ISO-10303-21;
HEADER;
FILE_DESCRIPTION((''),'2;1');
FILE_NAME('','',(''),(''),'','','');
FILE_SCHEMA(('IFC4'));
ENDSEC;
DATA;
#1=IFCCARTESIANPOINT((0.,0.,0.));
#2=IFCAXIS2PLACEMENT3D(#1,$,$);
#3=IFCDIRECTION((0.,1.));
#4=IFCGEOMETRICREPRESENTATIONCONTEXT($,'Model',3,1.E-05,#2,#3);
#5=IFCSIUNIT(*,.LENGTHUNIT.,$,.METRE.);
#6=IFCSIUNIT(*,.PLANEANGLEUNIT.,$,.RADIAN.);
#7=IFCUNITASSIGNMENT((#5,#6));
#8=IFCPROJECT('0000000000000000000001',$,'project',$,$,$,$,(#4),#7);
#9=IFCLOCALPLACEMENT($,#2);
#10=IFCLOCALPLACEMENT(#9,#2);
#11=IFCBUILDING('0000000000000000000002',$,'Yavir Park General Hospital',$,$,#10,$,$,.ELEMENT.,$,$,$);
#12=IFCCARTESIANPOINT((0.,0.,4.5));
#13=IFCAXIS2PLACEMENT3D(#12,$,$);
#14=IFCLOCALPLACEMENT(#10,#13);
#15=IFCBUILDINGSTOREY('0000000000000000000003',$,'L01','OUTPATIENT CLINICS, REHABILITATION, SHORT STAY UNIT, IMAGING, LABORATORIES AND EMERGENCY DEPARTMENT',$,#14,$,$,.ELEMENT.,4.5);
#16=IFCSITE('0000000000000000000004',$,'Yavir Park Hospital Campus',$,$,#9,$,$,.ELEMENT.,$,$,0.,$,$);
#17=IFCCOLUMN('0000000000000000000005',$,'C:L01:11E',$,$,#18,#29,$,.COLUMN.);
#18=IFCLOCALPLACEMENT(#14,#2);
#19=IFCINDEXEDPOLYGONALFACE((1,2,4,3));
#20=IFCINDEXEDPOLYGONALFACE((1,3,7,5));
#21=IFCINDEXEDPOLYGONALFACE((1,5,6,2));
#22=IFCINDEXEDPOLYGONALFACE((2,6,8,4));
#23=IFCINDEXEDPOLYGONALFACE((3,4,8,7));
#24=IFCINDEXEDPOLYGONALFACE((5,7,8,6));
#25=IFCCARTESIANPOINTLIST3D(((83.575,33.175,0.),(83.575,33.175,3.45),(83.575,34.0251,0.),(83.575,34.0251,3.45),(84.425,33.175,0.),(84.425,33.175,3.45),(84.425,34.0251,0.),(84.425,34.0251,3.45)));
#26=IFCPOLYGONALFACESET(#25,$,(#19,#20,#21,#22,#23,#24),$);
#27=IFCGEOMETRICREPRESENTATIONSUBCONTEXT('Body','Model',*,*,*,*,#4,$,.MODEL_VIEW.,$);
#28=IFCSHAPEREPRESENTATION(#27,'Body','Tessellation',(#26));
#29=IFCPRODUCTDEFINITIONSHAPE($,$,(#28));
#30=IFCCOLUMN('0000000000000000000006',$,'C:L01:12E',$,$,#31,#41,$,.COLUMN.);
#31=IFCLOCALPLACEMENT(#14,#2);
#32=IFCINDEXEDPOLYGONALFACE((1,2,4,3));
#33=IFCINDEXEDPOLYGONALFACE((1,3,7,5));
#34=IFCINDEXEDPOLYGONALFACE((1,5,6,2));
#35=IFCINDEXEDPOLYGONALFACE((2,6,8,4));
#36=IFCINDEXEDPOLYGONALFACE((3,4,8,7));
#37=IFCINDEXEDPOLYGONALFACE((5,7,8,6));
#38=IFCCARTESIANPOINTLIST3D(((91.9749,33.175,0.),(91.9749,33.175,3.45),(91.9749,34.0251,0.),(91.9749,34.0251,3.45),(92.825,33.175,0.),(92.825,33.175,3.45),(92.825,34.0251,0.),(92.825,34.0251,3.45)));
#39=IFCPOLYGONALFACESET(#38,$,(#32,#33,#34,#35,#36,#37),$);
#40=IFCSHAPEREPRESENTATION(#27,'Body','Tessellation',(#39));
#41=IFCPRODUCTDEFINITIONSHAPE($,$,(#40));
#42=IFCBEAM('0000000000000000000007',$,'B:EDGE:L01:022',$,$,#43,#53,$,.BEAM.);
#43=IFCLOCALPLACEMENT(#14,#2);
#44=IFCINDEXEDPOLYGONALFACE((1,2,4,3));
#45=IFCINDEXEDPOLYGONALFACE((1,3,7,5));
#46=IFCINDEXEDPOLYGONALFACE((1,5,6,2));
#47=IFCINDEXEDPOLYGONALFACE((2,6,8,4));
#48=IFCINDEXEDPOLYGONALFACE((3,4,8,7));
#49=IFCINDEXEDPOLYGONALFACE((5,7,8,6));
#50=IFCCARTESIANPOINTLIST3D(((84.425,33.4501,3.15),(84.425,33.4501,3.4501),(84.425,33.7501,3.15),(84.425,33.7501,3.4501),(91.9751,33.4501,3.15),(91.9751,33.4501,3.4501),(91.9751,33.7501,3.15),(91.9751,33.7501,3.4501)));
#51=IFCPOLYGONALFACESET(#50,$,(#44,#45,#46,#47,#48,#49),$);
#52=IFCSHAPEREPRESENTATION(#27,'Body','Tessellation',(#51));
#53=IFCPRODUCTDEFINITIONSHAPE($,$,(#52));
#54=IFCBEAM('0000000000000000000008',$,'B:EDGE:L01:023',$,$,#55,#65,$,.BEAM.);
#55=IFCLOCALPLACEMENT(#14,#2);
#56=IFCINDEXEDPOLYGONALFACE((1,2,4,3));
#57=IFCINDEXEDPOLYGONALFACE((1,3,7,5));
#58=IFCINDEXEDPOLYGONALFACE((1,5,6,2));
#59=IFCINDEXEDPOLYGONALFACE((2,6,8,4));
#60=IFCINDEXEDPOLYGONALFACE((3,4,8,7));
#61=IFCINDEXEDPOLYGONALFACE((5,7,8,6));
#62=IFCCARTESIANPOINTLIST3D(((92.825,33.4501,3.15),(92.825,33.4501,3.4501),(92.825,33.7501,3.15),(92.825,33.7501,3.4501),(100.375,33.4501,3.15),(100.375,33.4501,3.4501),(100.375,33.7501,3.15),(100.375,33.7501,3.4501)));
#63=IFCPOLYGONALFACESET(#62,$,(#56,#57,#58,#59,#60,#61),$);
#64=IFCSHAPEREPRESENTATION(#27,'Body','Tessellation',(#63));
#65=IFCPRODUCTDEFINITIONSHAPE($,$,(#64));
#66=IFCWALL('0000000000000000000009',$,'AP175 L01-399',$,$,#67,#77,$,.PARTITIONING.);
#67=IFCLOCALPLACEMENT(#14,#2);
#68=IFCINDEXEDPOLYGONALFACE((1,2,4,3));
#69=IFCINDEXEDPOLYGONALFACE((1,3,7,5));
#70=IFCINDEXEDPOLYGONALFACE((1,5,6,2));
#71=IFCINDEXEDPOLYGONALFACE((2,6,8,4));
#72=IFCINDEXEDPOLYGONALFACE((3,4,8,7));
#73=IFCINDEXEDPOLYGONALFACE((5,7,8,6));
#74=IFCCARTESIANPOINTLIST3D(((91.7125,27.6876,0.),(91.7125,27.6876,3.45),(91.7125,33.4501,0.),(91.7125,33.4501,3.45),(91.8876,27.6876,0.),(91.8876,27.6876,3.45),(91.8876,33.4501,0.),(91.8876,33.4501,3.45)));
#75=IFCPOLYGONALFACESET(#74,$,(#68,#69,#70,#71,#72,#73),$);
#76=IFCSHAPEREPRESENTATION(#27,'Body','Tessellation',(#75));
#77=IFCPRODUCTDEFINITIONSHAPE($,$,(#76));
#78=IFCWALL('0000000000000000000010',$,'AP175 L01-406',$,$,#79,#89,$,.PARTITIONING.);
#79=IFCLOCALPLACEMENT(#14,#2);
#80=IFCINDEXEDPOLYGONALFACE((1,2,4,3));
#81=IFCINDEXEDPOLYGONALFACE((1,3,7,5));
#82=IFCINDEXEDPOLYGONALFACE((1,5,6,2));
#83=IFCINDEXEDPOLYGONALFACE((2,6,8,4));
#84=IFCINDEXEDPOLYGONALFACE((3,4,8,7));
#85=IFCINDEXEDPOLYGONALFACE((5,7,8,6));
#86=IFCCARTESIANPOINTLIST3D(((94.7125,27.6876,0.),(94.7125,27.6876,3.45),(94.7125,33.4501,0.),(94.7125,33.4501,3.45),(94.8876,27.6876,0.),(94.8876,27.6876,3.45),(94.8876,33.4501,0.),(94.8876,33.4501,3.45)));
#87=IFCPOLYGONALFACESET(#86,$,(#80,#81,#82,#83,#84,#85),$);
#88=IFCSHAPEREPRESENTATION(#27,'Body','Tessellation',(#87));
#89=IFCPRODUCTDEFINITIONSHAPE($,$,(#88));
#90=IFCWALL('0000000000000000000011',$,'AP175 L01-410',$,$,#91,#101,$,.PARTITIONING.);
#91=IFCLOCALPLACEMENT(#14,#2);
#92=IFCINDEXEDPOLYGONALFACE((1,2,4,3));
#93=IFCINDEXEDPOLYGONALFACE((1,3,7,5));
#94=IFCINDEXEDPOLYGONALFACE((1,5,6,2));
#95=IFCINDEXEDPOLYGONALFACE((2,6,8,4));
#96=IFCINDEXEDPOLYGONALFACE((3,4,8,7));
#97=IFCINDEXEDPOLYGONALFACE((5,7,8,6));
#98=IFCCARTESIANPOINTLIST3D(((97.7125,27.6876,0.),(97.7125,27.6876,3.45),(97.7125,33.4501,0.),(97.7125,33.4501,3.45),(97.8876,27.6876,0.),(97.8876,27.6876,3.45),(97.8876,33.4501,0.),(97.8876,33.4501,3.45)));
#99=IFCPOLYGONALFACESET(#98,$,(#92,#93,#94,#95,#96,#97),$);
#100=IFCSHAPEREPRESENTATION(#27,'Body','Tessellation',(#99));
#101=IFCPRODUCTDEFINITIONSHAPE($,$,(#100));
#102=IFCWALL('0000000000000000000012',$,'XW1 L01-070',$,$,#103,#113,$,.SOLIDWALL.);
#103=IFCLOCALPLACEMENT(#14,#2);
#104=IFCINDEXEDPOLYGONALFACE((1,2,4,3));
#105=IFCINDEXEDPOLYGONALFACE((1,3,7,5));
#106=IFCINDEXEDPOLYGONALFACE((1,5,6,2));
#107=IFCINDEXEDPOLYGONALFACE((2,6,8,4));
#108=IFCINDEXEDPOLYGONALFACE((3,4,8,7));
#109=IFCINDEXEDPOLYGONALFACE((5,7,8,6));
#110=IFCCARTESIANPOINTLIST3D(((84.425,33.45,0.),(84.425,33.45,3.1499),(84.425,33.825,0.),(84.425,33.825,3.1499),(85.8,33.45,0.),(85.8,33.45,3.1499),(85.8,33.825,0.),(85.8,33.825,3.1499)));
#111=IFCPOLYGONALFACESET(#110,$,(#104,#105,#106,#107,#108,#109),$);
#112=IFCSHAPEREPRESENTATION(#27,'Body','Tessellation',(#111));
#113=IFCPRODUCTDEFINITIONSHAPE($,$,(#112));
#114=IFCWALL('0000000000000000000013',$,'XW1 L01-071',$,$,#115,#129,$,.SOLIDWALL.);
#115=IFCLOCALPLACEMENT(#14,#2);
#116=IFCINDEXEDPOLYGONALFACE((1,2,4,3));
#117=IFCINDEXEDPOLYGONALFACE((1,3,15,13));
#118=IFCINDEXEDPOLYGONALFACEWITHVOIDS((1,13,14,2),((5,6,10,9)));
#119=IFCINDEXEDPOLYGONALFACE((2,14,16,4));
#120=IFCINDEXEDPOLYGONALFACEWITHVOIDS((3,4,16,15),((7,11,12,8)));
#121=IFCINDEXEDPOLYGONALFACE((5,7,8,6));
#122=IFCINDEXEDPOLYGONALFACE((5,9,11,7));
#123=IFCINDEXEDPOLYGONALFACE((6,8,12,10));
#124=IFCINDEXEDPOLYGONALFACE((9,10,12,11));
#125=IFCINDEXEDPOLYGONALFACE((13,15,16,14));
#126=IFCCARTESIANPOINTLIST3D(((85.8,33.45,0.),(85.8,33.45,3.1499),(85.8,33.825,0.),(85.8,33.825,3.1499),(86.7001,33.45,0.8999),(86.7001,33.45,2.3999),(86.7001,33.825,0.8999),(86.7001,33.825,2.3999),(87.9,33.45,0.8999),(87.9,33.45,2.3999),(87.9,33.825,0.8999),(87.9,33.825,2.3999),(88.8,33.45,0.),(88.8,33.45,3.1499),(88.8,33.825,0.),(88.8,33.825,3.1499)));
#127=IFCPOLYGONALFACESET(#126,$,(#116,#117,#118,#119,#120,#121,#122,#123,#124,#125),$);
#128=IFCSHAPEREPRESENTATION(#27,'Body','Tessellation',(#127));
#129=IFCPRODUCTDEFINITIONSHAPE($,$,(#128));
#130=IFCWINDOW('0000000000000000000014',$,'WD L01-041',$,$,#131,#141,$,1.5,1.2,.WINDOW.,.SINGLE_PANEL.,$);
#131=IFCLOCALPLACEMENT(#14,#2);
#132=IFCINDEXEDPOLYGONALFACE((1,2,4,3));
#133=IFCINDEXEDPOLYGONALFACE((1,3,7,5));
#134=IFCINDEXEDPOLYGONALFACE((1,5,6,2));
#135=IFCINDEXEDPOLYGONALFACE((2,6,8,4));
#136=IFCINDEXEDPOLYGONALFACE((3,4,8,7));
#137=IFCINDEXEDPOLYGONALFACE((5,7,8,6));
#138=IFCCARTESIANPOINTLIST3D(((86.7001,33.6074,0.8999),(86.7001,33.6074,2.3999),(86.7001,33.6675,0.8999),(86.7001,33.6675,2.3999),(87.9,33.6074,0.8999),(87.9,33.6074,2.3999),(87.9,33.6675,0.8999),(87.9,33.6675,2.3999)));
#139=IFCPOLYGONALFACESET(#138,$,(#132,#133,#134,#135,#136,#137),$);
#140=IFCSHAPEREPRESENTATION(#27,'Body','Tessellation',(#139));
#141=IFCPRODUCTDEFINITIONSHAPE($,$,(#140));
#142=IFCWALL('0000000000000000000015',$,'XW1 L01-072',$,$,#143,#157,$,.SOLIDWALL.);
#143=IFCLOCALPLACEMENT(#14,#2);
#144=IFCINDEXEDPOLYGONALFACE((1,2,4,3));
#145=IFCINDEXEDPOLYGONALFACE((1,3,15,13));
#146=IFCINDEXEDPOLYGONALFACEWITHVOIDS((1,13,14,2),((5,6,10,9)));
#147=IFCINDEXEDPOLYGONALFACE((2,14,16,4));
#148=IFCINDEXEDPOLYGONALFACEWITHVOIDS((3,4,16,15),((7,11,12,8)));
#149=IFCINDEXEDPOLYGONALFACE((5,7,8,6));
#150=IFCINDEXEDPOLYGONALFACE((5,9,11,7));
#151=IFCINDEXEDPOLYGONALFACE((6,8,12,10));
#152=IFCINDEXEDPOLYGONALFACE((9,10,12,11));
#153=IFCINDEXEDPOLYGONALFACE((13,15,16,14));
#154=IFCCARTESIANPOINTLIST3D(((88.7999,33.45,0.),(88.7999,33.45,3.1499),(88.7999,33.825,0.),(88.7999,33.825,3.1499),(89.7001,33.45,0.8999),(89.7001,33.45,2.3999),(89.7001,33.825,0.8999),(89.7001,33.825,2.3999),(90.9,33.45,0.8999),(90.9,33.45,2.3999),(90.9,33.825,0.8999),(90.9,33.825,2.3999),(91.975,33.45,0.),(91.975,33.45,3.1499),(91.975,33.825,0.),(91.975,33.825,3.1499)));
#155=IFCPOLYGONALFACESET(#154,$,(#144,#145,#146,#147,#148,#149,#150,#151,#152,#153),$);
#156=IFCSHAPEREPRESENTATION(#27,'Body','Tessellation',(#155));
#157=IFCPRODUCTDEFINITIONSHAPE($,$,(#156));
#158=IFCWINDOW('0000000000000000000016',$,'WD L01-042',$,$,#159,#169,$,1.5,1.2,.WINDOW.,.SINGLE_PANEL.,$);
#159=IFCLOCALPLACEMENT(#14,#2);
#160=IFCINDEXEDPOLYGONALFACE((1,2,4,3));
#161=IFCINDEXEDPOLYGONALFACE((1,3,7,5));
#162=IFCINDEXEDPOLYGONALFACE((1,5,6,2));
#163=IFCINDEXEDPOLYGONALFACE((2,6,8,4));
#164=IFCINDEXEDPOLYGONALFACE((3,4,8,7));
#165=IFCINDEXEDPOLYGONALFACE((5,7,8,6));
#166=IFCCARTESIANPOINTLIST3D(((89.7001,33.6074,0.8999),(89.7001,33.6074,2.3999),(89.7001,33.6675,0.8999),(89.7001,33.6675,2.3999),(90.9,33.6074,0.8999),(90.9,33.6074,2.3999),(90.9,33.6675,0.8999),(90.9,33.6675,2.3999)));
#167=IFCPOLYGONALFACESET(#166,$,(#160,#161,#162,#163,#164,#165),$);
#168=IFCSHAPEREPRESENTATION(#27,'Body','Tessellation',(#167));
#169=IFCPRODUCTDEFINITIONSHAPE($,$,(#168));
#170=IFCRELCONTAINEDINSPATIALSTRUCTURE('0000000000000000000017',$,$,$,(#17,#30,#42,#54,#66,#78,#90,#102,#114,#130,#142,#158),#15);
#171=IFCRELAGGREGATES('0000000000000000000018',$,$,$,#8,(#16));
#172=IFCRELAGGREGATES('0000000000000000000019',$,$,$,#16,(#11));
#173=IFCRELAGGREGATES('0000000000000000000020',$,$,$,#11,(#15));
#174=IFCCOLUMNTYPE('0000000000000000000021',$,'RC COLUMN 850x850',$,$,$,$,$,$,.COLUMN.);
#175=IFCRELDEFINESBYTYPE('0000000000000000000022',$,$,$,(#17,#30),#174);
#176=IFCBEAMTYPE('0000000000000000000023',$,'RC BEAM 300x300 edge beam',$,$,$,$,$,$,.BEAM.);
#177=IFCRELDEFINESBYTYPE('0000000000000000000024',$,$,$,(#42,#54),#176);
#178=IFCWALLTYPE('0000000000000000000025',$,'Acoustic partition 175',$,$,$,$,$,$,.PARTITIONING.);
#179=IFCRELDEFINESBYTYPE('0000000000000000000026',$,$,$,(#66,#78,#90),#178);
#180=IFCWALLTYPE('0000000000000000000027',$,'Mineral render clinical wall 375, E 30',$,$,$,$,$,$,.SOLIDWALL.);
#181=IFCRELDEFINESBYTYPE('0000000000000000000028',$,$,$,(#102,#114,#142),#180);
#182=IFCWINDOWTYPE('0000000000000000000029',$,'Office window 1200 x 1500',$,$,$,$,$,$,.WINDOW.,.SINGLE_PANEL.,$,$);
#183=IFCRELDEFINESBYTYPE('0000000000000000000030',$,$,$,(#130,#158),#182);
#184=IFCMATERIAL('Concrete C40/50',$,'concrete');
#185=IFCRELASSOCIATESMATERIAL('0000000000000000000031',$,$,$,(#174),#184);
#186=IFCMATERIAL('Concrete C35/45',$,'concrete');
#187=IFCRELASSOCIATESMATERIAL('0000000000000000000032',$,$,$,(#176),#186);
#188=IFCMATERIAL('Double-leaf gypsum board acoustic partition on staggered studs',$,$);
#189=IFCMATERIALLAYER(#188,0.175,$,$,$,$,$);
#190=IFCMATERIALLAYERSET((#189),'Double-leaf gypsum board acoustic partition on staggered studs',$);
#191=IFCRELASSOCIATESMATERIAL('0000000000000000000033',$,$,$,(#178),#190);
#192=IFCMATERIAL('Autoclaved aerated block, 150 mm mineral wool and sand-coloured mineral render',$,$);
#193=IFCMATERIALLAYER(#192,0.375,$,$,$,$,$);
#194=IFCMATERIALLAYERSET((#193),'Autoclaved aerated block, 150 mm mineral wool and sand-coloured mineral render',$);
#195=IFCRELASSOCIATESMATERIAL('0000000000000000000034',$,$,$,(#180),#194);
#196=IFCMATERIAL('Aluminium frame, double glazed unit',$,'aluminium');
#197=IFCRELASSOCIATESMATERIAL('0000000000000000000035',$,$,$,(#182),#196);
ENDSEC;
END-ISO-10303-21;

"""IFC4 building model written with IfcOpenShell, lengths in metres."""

from ifc_helpers import new_model, si_unit, direction, frame, frame_2d, origin, origin_2d, place, context, subcontext, project, spatial, rectangle, extrude, material, layer, layer_set, material_profile, profile_set, type_object, element, fill, save


model = new_model("IFC4")

# Units and contexts
model_context = context("Model", 3, precision=1e-05, world=origin(), true_north=direction((0.0, 1.0)))
body_context = subcontext(model_context, "Body", "Model", "MODEL_VIEW")
ifc_project = project(units=[si_unit("LENGTHUNIT", "METRE"), si_unit("PLANEANGLEUNIT", "RADIAN")], contexts=[model_context])

# Site, building, storey
site_placement = place(None, origin())
site = spatial("IfcSite", under=ifc_project, at=site_placement, Name="Yavir Park Hospital Campus", CompositionType="ELEMENT", RefElevation=0.0)
building_placement = place(site_placement, origin())
building = spatial("IfcBuilding", under=site, at=building_placement, Name="Yavir Park General Hospital", CompositionType="ELEMENT")
storey_placement = place(building_placement, frame((0.0, 0.0, 4.5)))
storey = spatial("IfcBuildingStorey", under=building, at=storey_placement, Name="L01", Description="OUTPATIENT CLINICS, REHABILITATION, SHORT STAY UNIT, IMAGING, LABORATORIES AND EMERGENCY DEPARTMENT", CompositionType="ELEMENT", Elevation=4.5)

# Columns
ifc_material_1 = material(Name="Concrete C40/50", Category="concrete")
ifc_material_profile_1 = material_profile(ifc_material_1, rectangle(XDim=0.8501, YDim=0.8501, at=origin_2d()), Name="RC850x850")
ifc_profile_set_1 = profile_set([ifc_material_profile_1], Name="Concrete C40/50")
column_type = type_object("IfcColumnType", Name="RC COLUMN 850x850", PredefinedType="COLUMN", material=ifc_profile_set_1)
for number, where, z_axis, x_axis, name in (
    (1, (84.0, 33.6001, 0.0), (0.0, 0.0, 1.0), (1.0, 0.0, 0.0), "C:L01:11E"),
    (2, (92.3999, 33.6001, 0.0), (0.0, 0.0, 1.0), (1.0, 0.0, 0.0), "C:L01:12E"),
):
    element("IfcColumn", number, at=place(storey_placement, frame(where, z_axis=z_axis, x_axis=x_axis)), inside=storey, type_object=column_type, Name=name, PredefinedType="COLUMN", context=body_context, shape_type="SweptSolid", body=[
        extrude(rectangle(XDim=0.8501, YDim=0.8501, at=origin_2d()), origin(), (0.0, 0.0, 1.0), 3.45),
    ])

# Beams
ifc_material_2 = material(Name="Concrete C35/45", Category="concrete")
ifc_material_profile_2 = material_profile(ifc_material_2, rectangle(XDim=0.3, YDim=0.3, at=origin_2d()), Name="RC300x300")
ifc_profile_set_2 = profile_set([ifc_material_profile_2], Name="Concrete C35/45")
beam_type = type_object("IfcBeamType", Name="RC BEAM 300x300 edge beam", PredefinedType="BEAM", material=ifc_profile_set_2)
for number, where, z_axis, x_axis, name in (
    (3, (84.425, 33.6001, 3.3), (1.0, 0.0, 0.0), (0.0, 1.0, 0.0), "B:EDGE:L01:022"),
    (4, (92.825, 33.6001, 3.3), (1.0, 0.0, 0.0), (0.0, 1.0, 0.0), "B:EDGE:L01:023"),
):
    element("IfcBeam", number, at=place(storey_placement, frame(where, z_axis=z_axis, x_axis=x_axis)), inside=storey, type_object=beam_type, Name=name, PredefinedType="BEAM", context=body_context, shape_type="SweptSolid", body=[
        extrude(rectangle(XDim=0.3, YDim=0.3, at=origin_2d()), origin(), (0.0, 0.0, 1.0), 7.55),
    ])

# Walls
ifc_material_3 = material(Name="Double-leaf gypsum board acoustic partition on staggered studs")
ifc_layer_1 = layer(ifc_material_3, 0.175)
ifc_layer_set_1 = layer_set([ifc_layer_1], Name="Double-leaf gypsum board acoustic partition on staggered studs")
wall_type_1 = type_object("IfcWallType", Name="Acoustic partition 175", PredefinedType="PARTITIONING", material=ifc_layer_set_1)
for number, where, z_axis, x_axis, name in (
    (5, (91.8, 27.6875, 0.0), (0.0, 0.0, 1.0), (0.0, 1.0, 0.0), "AP175 L01-399"),
    (6, (94.8, 27.6875, 0.0), (0.0, 0.0, 1.0), (0.0, 1.0, 0.0), "AP175 L01-406"),
    (7, (97.8, 27.6875, 0.0), (0.0, 0.0, 1.0), (0.0, 1.0, 0.0), "AP175 L01-410"),
):
    element("IfcWall", number, at=place(storey_placement, frame(where, z_axis=z_axis, x_axis=x_axis)), inside=storey, type_object=wall_type_1, Name=name, PredefinedType="PARTITIONING", context=body_context, shape_type="SweptSolid", body=[
        extrude(rectangle(XDim=5.7625, YDim=0.175, at=frame_2d((2.8813, 0.0))), origin(), (0.0, 0.0, 1.0), 3.45),
    ])
ifc_material_4 = material(Name="Autoclaved aerated block, 150 mm mineral wool and sand-coloured mineral render")
ifc_layer_2 = layer(ifc_material_4, 0.375)
ifc_layer_set_2 = layer_set([ifc_layer_2], Name="Autoclaved aerated block, 150 mm mineral wool and sand-coloured mineral render")
wall_type_2 = type_object("IfcWallType", Name="Mineral render clinical wall 375, E 30", PredefinedType="SOLIDWALL", material=ifc_layer_set_2)
wall_1_placement = place(storey_placement, frame((84.425, 33.6375, 0.0), z_axis=(0.0, 0.0, 1.0), x_axis=(1.0, 0.0, 0.0)))
element("IfcWall", 8, at=wall_1_placement, inside=storey, type_object=wall_type_2, Name="XW1 L01-070", PredefinedType="SOLIDWALL", context=body_context, shape_type="SweptSolid", body=[
    extrude(rectangle(XDim=1.375, YDim=0.375, at=frame_2d((0.6875, 0.0))), origin(), (0.0, 0.0, 1.0), 3.1499),
])

# Walls, openings, windows
wall_2_placement = place(storey_placement, frame((85.8, 33.6375, 0.0), z_axis=(0.0, 0.0, 1.0), x_axis=(1.0, 0.0, 0.0)))
wall_2 = element("IfcWall", 9, at=wall_2_placement, inside=storey, type_object=wall_type_2, Name="XW1 L01-071", PredefinedType="SOLIDWALL", context=body_context, shape_type="SweptSolid", body=[
    extrude(rectangle(XDim=3.0, YDim=0.375, at=frame_2d((1.5, 0.0))), origin(), (0.0, 0.0, 1.0), 3.1499),
])
opening_1_placement = place(wall_2_placement, frame((0.8999, 0.0, 0.8999)))
opening_1 = element("IfcOpeningElement", 10, at=opening_1_placement, cuts=wall_2, PredefinedType="OPENING", context=body_context, shape_type="SweptSolid", body=[
    extrude(rectangle(XDim=1.2, YDim=1.5, at=frame_2d((0.6001, 0.75))), frame((0.0, 0.1975, 0.0), z_axis=(0.0, -1.0, 0.0), x_axis=(1.0, 0.0, 0.0)), (0.0, 0.0, 1.0), 0.395),
])
ifc_material_5 = material(Name="Aluminium frame, double glazed unit", Category="aluminium")
window_type_1 = type_object("IfcWindowType", Name="Office window 1200 x 1500", PartitioningType="SINGLE_PANEL", PredefinedType="WINDOW", material=ifc_material_5)
window_1_placement = place(opening_1_placement, origin())
window_1 = element("IfcWindow", 11, at=window_1_placement, inside=storey, type_object=window_type_1, Name="WD L01-041", OverallHeight=1.5, OverallWidth=1.2, PartitioningType="SINGLE_PANEL", PredefinedType="WINDOW", context=body_context, shape_type="SweptSolid", body=[
    extrude(rectangle(XDim=1.2, YDim=1.5, at=frame_2d((0.6001, 0.75))), frame((0.0, 0.03, 0.0), z_axis=(0.0, -1.0, 0.0), x_axis=(1.0, 0.0, 0.0)), (0.0, 0.0, 1.0), 0.0601),
])
fill(opening_1, window_1)
wall_3_placement = place(storey_placement, frame((88.8, 33.6375, 0.0), z_axis=(0.0, 0.0, 1.0), x_axis=(1.0, 0.0, 0.0)))
wall_3 = element("IfcWall", 12, at=wall_3_placement, inside=storey, type_object=wall_type_2, Name="XW1 L01-072", PredefinedType="SOLIDWALL", context=body_context, shape_type="SweptSolid", body=[
    extrude(rectangle(XDim=3.175, YDim=0.375, at=frame_2d((1.5874, 0.0))), origin(), (0.0, 0.0, 1.0), 3.1499),
])
opening_2_placement = place(wall_3_placement, frame((0.8999, 0.0, 0.8999)))
opening_2 = element("IfcOpeningElement", 13, at=opening_2_placement, cuts=wall_3, PredefinedType="OPENING", context=body_context, shape_type="SweptSolid", body=[
    extrude(rectangle(XDim=1.2, YDim=1.5, at=frame_2d((0.6001, 0.75))), frame((0.0, 0.1975, 0.0), z_axis=(0.0, -1.0, 0.0), x_axis=(1.0, 0.0, 0.0)), (0.0, 0.0, 1.0), 0.395),
])
window_2_placement = place(opening_2_placement, origin())
window_2 = element("IfcWindow", 14, at=window_2_placement, inside=storey, type_object=window_type_1, Name="WD L01-042", OverallHeight=1.5, OverallWidth=1.2, PartitioningType="SINGLE_PANEL", PredefinedType="WINDOW", context=body_context, shape_type="SweptSolid", body=[
    extrude(rectangle(XDim=1.2, YDim=1.5, at=frame_2d((0.6001, 0.75))), frame((0.0, 0.03, 0.0), z_axis=(0.0, -1.0, 0.0), x_axis=(1.0, 0.0, 0.0)), (0.0, 0.0, 1.0), 0.0601),
])
fill(opening_2, window_2)

save(model, "model.ifc")
